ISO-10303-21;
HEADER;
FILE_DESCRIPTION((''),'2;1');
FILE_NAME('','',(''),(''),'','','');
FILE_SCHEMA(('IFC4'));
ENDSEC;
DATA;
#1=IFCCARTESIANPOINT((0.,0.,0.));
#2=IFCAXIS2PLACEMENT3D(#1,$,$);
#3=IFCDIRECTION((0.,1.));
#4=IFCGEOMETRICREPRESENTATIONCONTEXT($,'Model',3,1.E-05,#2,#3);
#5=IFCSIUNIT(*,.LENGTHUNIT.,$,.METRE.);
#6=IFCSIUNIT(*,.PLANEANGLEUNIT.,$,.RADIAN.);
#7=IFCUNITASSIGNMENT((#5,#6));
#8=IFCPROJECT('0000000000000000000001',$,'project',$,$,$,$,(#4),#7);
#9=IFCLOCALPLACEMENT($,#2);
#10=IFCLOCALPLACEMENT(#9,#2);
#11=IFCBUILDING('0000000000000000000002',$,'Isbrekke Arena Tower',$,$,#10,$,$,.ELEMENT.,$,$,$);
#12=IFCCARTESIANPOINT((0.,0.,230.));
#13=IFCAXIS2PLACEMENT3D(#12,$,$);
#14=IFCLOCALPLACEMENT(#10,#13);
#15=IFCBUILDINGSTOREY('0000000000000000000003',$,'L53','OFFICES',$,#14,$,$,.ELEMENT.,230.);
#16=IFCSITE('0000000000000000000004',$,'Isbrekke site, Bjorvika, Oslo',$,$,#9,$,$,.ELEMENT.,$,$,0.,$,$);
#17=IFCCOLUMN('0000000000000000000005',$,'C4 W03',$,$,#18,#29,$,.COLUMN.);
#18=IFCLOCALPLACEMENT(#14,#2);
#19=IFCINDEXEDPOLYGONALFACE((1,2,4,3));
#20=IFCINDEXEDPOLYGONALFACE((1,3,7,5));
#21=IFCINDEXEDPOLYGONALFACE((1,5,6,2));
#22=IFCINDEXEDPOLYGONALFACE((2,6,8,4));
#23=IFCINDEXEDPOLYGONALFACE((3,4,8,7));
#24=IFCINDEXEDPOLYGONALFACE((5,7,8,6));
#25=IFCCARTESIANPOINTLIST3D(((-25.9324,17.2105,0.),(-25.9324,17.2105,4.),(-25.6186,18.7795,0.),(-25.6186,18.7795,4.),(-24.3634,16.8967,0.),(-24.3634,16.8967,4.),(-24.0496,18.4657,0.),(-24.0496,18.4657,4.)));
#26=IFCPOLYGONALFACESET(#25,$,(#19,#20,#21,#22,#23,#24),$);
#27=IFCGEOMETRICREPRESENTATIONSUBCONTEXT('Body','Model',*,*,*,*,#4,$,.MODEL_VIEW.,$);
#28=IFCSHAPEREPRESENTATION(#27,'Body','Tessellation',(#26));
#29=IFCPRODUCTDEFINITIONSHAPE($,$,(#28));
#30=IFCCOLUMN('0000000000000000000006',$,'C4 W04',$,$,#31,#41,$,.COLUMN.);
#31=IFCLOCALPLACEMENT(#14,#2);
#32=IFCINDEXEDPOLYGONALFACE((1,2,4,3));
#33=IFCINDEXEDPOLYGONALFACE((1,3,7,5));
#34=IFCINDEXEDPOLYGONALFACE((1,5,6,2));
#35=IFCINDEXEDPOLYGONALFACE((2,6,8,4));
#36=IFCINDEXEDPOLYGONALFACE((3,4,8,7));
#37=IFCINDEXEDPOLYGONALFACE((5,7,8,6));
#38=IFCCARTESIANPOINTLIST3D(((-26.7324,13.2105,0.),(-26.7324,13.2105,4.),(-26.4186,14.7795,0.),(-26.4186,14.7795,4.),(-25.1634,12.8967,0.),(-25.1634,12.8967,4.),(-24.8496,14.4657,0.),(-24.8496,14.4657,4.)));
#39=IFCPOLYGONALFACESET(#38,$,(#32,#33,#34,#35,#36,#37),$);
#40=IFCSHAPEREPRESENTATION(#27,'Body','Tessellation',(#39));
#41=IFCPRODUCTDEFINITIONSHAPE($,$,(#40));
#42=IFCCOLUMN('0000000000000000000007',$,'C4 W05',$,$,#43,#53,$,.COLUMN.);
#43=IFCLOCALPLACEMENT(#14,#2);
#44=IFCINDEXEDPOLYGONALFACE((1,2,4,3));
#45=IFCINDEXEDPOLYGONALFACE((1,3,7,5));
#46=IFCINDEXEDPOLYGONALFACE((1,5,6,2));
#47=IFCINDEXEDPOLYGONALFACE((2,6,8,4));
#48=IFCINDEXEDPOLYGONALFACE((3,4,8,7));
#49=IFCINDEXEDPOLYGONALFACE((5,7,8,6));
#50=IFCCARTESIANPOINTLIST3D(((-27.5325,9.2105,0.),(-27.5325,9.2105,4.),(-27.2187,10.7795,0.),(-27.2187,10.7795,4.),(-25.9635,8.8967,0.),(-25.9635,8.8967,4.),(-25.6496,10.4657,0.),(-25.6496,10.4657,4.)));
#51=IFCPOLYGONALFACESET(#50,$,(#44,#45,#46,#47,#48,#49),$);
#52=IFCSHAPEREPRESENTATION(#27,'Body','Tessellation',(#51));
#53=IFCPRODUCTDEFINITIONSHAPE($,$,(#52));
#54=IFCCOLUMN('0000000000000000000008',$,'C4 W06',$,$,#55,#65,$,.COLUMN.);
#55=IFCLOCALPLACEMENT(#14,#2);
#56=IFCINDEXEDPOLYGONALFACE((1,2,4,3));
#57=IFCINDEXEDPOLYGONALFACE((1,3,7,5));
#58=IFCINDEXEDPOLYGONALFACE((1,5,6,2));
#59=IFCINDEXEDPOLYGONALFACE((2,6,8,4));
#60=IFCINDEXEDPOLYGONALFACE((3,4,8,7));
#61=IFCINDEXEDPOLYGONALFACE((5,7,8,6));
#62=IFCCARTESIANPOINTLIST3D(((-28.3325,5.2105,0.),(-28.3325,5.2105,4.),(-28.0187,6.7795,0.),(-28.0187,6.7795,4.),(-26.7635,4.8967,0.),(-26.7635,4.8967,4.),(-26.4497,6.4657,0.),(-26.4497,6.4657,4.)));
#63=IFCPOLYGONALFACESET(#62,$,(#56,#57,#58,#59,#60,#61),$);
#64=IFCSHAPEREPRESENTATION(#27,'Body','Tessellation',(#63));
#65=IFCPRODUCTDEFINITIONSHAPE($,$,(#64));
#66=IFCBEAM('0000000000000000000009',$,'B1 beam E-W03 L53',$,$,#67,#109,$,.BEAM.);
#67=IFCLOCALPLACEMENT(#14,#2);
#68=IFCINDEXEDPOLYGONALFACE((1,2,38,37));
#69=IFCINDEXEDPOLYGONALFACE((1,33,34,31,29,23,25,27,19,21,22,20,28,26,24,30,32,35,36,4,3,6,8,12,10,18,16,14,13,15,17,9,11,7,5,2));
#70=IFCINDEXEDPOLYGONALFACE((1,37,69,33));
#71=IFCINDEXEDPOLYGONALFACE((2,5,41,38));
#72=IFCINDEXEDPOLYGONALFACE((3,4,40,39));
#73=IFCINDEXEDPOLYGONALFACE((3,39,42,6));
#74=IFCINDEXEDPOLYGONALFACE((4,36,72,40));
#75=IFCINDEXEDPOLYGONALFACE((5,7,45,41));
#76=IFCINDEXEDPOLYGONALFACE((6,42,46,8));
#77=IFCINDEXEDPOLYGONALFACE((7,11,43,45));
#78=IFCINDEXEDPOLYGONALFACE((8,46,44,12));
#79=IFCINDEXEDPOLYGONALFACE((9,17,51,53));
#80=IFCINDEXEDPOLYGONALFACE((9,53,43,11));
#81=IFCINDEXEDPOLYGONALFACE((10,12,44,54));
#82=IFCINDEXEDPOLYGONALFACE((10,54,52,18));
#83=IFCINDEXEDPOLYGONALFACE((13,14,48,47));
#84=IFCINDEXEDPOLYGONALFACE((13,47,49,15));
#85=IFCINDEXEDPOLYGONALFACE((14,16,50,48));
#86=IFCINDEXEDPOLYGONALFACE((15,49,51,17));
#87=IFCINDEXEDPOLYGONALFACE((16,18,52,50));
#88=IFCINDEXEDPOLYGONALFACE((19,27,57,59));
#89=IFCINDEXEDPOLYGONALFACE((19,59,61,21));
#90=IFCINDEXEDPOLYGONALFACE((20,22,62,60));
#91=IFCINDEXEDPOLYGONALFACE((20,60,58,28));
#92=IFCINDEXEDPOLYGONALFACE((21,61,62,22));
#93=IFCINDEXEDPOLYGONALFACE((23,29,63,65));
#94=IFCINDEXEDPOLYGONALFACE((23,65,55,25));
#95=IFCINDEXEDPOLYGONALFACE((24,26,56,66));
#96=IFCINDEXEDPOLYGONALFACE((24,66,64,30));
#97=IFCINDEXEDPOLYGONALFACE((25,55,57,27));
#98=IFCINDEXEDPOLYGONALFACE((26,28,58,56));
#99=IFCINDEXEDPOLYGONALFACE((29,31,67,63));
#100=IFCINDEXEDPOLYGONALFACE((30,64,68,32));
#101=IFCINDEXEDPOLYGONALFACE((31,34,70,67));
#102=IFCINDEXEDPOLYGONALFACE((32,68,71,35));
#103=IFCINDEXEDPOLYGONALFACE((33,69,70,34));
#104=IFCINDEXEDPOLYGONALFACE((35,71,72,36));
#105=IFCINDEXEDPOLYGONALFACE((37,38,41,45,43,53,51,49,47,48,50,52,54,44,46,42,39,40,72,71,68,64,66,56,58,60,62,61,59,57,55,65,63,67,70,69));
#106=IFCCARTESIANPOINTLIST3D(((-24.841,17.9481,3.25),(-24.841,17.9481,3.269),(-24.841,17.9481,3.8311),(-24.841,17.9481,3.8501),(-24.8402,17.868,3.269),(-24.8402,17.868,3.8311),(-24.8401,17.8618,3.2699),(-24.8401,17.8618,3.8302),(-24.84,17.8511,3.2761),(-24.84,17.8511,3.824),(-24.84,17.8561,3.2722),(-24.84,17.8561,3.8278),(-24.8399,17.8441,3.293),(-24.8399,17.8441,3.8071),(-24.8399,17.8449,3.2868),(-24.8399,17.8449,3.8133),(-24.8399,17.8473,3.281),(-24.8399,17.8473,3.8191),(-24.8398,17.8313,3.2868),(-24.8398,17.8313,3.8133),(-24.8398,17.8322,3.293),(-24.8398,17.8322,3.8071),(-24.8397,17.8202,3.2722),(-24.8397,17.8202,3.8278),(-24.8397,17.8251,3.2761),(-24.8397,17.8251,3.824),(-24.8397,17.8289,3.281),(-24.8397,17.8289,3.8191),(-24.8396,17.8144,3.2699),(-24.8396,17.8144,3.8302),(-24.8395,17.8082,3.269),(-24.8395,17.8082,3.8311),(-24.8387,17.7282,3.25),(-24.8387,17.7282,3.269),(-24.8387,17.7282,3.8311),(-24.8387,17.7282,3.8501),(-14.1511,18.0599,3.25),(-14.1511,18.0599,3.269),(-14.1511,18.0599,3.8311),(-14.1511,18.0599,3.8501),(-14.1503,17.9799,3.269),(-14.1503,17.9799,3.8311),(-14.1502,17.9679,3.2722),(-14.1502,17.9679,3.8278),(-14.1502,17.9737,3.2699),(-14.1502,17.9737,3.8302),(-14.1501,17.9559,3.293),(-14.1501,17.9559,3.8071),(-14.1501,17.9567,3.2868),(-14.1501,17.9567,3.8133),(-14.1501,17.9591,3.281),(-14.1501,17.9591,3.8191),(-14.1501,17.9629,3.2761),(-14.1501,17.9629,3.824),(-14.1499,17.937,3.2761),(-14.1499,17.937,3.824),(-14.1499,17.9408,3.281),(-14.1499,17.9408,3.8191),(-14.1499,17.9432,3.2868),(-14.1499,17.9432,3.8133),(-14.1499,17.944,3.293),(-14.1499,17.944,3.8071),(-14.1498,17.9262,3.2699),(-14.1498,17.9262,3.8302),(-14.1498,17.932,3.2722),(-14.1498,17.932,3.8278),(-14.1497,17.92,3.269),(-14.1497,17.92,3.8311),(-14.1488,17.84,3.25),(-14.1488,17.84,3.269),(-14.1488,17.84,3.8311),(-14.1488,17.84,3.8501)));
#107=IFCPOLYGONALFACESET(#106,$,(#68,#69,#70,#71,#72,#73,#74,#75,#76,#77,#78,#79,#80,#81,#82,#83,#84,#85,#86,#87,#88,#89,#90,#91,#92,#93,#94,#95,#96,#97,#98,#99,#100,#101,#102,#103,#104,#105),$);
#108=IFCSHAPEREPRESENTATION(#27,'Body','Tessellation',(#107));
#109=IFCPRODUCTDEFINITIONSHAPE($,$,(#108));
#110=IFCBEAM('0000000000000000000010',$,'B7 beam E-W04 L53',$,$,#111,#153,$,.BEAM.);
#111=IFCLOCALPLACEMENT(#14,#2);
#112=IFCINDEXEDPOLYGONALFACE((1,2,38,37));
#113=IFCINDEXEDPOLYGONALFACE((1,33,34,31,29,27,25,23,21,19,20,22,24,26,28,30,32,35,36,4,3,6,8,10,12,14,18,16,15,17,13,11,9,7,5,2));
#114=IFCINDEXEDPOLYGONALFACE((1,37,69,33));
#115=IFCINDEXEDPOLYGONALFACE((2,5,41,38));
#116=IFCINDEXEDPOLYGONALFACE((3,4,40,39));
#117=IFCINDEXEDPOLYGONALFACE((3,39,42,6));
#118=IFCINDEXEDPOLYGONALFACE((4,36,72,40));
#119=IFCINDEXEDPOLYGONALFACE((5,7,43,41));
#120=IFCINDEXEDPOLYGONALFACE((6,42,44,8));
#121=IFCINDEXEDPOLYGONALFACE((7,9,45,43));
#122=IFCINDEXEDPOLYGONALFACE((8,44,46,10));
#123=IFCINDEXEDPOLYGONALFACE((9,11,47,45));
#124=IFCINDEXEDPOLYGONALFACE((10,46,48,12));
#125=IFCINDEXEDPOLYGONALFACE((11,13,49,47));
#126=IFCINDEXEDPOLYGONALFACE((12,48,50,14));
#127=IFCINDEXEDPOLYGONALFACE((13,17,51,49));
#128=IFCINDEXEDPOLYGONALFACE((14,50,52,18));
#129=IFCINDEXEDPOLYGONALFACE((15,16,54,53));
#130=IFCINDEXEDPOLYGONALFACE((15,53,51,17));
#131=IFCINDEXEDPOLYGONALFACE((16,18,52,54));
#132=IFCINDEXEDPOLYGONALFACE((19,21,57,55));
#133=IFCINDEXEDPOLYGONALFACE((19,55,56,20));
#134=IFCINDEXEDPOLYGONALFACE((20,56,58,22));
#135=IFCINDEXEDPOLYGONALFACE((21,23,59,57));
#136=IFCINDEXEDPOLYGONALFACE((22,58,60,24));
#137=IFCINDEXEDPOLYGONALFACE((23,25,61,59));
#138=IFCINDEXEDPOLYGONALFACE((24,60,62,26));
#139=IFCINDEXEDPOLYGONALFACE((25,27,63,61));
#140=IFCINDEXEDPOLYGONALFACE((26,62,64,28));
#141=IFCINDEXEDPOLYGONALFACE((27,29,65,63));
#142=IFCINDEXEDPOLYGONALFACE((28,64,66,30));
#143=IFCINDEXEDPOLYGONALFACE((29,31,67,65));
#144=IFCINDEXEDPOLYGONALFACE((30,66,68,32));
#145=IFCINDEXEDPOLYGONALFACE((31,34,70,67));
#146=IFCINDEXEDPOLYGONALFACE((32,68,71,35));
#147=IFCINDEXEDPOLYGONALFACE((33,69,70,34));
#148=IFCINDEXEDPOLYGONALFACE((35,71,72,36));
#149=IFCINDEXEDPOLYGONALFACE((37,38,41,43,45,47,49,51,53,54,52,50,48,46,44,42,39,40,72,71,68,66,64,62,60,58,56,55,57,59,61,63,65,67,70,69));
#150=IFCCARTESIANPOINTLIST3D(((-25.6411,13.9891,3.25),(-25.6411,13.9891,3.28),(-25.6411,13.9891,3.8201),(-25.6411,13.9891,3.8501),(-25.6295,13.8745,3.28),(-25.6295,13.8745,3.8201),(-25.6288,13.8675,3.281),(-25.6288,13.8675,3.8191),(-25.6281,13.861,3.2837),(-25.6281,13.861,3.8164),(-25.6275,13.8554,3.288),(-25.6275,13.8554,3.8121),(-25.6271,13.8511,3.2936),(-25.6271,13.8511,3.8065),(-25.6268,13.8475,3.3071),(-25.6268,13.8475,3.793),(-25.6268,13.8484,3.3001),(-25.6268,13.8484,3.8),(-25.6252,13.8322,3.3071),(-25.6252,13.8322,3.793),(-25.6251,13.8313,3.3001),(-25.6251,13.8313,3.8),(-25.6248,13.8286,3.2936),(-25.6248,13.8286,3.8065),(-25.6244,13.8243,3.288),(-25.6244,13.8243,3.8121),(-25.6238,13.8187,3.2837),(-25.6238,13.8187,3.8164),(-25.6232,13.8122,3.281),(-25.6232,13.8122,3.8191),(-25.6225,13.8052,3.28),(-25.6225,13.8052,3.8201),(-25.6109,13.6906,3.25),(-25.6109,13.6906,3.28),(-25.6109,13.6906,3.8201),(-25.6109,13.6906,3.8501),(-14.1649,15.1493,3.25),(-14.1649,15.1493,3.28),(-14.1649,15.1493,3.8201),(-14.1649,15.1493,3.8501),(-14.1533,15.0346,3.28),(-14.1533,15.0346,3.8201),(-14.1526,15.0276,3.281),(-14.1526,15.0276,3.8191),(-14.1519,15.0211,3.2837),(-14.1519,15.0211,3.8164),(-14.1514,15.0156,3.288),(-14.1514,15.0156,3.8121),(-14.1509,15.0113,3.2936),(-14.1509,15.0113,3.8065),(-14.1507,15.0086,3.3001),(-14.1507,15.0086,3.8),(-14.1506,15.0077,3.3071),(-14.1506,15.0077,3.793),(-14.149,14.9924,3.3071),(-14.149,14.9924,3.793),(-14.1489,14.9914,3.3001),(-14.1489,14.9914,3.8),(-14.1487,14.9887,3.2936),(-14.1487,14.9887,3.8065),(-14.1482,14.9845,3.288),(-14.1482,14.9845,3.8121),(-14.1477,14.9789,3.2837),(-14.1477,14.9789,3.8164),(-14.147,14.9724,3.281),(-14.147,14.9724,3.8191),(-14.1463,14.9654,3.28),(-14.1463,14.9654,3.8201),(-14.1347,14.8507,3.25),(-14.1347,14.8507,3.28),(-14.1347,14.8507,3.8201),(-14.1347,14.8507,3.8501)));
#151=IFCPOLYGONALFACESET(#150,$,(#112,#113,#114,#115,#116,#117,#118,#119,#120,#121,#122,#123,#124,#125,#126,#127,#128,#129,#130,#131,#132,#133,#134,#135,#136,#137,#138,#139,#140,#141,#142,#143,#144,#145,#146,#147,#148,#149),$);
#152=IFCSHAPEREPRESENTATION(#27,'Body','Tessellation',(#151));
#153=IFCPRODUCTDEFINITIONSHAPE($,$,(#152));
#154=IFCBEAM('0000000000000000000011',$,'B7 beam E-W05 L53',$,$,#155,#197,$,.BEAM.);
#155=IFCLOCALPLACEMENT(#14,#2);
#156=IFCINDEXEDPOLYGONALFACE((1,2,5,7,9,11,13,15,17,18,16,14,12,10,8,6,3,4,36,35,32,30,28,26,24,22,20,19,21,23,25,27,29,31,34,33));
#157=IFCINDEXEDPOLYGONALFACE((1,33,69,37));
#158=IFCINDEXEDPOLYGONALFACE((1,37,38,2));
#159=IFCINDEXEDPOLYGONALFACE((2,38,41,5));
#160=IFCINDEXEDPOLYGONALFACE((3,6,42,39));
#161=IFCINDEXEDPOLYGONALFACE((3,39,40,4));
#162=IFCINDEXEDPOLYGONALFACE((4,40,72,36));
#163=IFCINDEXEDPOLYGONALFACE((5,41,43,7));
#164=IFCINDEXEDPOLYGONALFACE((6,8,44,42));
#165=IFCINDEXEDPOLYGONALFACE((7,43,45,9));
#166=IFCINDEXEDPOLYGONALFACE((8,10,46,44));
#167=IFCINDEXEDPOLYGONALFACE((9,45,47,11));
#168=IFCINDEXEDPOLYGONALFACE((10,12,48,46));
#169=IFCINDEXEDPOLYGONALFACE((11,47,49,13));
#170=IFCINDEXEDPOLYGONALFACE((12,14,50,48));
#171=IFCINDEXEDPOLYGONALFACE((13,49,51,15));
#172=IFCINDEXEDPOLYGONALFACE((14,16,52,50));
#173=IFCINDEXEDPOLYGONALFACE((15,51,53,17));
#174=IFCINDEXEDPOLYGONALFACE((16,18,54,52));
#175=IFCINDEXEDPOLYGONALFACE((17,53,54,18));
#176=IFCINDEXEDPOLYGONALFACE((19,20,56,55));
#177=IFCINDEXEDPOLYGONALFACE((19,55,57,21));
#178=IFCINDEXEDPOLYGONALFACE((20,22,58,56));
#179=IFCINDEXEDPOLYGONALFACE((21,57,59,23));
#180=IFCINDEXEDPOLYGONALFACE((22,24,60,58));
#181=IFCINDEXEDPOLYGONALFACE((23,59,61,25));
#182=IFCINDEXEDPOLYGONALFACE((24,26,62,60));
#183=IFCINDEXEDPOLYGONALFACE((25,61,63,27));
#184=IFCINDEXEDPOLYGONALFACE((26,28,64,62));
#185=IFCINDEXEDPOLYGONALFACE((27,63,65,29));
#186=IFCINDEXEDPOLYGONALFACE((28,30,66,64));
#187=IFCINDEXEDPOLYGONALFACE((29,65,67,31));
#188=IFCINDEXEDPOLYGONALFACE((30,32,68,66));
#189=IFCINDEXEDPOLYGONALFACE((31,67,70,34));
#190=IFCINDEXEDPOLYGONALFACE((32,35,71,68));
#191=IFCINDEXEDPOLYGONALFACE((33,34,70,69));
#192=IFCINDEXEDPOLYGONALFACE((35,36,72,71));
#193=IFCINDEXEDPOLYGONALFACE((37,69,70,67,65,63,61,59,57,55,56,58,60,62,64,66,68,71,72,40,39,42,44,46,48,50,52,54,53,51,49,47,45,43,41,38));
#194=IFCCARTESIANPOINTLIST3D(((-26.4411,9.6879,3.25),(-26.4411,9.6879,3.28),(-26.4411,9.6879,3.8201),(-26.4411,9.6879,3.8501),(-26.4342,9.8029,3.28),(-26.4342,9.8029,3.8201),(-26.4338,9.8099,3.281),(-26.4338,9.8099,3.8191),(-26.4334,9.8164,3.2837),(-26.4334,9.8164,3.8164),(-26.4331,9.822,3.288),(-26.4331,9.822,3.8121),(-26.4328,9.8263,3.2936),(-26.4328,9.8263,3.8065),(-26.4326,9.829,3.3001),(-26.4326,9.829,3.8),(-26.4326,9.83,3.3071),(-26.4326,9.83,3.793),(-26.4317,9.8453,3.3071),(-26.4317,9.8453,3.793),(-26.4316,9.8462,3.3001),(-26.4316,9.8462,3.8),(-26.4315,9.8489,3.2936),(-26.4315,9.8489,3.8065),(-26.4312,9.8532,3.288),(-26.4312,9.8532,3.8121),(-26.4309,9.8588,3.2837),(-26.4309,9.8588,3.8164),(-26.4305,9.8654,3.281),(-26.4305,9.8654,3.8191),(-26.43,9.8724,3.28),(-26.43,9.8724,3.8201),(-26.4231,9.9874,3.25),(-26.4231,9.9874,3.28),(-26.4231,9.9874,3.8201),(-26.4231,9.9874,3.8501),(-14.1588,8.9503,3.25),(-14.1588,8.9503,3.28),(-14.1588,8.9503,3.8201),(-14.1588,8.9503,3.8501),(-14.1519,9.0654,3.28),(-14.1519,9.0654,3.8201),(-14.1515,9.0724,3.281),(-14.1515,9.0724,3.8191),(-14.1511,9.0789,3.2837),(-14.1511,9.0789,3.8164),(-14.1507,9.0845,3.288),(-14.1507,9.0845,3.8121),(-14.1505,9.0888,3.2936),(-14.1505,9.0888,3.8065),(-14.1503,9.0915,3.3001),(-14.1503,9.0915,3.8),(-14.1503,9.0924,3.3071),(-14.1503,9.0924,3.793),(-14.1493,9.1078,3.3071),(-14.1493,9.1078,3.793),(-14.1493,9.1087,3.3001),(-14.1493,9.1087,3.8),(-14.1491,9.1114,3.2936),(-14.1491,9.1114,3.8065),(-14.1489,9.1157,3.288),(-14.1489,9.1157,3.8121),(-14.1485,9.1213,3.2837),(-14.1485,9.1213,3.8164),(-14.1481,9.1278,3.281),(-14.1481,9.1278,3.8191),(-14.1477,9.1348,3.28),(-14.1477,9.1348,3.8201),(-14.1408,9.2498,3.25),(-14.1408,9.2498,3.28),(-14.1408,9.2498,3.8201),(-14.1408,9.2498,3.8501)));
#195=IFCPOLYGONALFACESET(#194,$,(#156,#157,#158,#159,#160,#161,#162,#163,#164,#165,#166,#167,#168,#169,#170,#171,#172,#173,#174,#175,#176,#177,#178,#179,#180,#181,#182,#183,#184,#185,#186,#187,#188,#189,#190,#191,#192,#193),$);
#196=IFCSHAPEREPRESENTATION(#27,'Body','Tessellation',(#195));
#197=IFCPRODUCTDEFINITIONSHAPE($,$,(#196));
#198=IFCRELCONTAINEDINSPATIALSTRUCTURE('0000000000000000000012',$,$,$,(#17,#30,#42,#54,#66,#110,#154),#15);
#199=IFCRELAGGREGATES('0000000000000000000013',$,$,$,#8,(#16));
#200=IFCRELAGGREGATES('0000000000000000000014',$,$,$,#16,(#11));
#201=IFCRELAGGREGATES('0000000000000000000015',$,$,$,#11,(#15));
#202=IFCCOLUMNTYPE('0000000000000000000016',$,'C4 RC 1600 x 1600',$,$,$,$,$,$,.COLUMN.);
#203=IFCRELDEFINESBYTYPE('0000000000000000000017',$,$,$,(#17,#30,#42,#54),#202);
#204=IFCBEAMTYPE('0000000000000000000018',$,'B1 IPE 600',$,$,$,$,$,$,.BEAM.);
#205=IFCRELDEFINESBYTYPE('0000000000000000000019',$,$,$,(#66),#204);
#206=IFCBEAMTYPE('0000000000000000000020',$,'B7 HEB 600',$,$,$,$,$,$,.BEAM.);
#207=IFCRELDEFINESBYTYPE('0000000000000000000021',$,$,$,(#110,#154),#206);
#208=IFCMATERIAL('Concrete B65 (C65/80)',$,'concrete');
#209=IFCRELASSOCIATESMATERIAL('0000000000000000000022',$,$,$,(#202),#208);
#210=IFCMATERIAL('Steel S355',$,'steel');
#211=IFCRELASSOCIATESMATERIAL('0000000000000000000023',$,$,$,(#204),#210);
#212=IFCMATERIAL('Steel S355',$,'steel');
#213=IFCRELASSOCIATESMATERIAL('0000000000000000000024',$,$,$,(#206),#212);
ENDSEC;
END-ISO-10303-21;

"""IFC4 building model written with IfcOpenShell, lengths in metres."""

from ifc_helpers import new_model, si_unit, direction, frame, origin, origin_2d, place, context, subcontext, project, spatial, rectangle, i_section, extrude, material, material_profile, profile_set, type_object, element, save


model = new_model("IFC4")

# Units and contexts
model_context = context("Model", 3, precision=1e-05, world=origin(), true_north=direction((0.0, 1.0)))
body_context = subcontext(model_context, "Body", "Model", "MODEL_VIEW")
ifc_project = project(units=[si_unit("LENGTHUNIT", "METRE"), si_unit("PLANEANGLEUNIT", "RADIAN")], contexts=[model_context])

# Site, building, storey
site_placement = place(None, origin())
site = spatial("IfcSite", under=ifc_project, at=site_placement, Name="Isbrekke site, Bjorvika, Oslo", CompositionType="ELEMENT", RefElevation=0.0)
building_placement = place(site_placement, origin())
building = spatial("IfcBuilding", under=site, at=building_placement, Name="Isbrekke Arena Tower", CompositionType="ELEMENT")
storey_placement = place(building_placement, frame((0.0, 0.0, 230.0)))
storey = spatial("IfcBuildingStorey", under=building, at=storey_placement, Name="L53", Description="OFFICES", CompositionType="ELEMENT", Elevation=230.0)

# Columns
ifc_material_1 = material(Name="Concrete B65 (C65/80)", Category="concrete")
ifc_material_profile_1 = material_profile(ifc_material_1, rectangle(XDim=1.6001, YDim=1.6001, at=origin_2d()), Name="RC 1600x1600")
ifc_profile_set_1 = profile_set([ifc_material_profile_1], Name="Concrete B65 (C65/80)")
column_type = type_object("IfcColumnType", Name="C4 RC 1600 x 1600", PredefinedType="COLUMN", material=ifc_profile_set_1)
for number, where, z_axis, x_axis, name in (
    (1, (-24.991, 17.8381, 0.0), (0.0, 0.0, 1.0), (-0.196116, -0.980581, 0.0), "C4 W03"),
    (2, (-25.791, 13.8381, 0.0), (0.0, 0.0, 1.0), (-0.196116, -0.980581, 0.0), "C4 W04"),
    (3, (-26.5911, 9.8381, 0.0), (0.0, 0.0, 1.0), (-0.196116, -0.980581, 0.0), "C4 W05"),
    (4, (-27.3911, 5.8381, 0.0), (0.0, 0.0, 1.0), (-0.196116, -0.980581, 0.0), "C4 W06"),
):
    element("IfcColumn", number, at=place(storey_placement, frame(where, z_axis=z_axis, x_axis=x_axis)), inside=storey, type_object=column_type, Name=name, PredefinedType="COLUMN", context=body_context, shape_type="SweptSolid", body=[
        extrude(rectangle(XDim=1.6001, YDim=1.6001, at=origin_2d()), origin(), (0.0, 0.0, 1.0), 4.0),
    ])

# Beams
ifc_material_2 = material(Name="Steel S355", Category="steel")
ifc_material_profile_2 = material_profile(ifc_material_2, i_section(OverallWidth=0.22, OverallDepth=0.6001, WebThickness=0.012, FlangeThickness=0.019, FilletRadius=0.0239, at=origin_2d()), Name="IPE 600")
ifc_profile_set_2 = profile_set([ifc_material_profile_2], Name="Steel S355")
beam_type_1 = type_object("IfcBeamType", Name="B1 IPE 600", PredefinedType="BEAM", material=ifc_profile_set_2)
beam_1_placement = place(storey_placement, frame((-24.8398, 17.8381, 3.55), z_axis=(0.999945, 0.010459, 0.0), x_axis=(-0.010459, 0.999945, 0.0)))
element("IfcBeam", 5, at=beam_1_placement, inside=storey, type_object=beam_type_1, Name="B1 beam E-W03 L53", PredefinedType="BEAM", context=body_context, shape_type="SweptSolid", body=[
    extrude(i_section(OverallWidth=0.22, OverallDepth=0.6001, WebThickness=0.012, FlangeThickness=0.019, FilletRadius=0.0239, at=origin_2d()), origin(), (0.0, 0.0, 1.0), 10.6904),
])
ifc_material_3 = material(Name="Steel S355", Category="steel")
ifc_material_profile_3 = material_profile(ifc_material_3, i_section(OverallWidth=0.3, OverallDepth=0.6001, WebThickness=0.0154, FlangeThickness=0.03, FilletRadius=0.0271, at=origin_2d()), Name="HEB 600")
ifc_profile_set_3 = profile_set([ifc_material_profile_3], Name="Steel S355")
beam_type_2 = type_object("IfcBeamType", Name="B7 HEB 600", PredefinedType="BEAM", material=ifc_profile_set_3)
beam_2_placement = place(storey_placement, frame((-25.626, 13.8398, 3.55), z_axis=(0.994929, 0.100581, 0.0), x_axis=(-0.100581, 0.994929, 0.0)))
element("IfcBeam", 6, at=beam_2_placement, inside=storey, type_object=beam_type_2, Name="B7 beam E-W04 L53", PredefinedType="BEAM", context=body_context, shape_type="SweptSolid", body=[
    extrude(i_section(OverallWidth=0.3, OverallDepth=0.6001, WebThickness=0.0154, FlangeThickness=0.03, FilletRadius=0.0271, at=origin_2d()), origin(), (0.0, 0.0, 1.0), 11.5347),
])
beam_3_placement = place(storey_placement, frame((-26.4321, 9.8376, 3.55), z_axis=(0.998202, -0.059942, 0.0), x_axis=(0.059942, 0.998202, 0.0)))
element("IfcBeam", 7, at=beam_3_placement, inside=storey, type_object=beam_type_2, Name="B7 beam E-W05 L53", PredefinedType="BEAM", context=body_context, shape_type="SweptSolid", body=[
    extrude(i_section(OverallWidth=0.3, OverallDepth=0.6001, WebThickness=0.0154, FlangeThickness=0.03, FilletRadius=0.0271, at=origin_2d()), origin(), (0.0, 0.0, 1.0), 12.3044),
])

save(model, "model.ifc")
